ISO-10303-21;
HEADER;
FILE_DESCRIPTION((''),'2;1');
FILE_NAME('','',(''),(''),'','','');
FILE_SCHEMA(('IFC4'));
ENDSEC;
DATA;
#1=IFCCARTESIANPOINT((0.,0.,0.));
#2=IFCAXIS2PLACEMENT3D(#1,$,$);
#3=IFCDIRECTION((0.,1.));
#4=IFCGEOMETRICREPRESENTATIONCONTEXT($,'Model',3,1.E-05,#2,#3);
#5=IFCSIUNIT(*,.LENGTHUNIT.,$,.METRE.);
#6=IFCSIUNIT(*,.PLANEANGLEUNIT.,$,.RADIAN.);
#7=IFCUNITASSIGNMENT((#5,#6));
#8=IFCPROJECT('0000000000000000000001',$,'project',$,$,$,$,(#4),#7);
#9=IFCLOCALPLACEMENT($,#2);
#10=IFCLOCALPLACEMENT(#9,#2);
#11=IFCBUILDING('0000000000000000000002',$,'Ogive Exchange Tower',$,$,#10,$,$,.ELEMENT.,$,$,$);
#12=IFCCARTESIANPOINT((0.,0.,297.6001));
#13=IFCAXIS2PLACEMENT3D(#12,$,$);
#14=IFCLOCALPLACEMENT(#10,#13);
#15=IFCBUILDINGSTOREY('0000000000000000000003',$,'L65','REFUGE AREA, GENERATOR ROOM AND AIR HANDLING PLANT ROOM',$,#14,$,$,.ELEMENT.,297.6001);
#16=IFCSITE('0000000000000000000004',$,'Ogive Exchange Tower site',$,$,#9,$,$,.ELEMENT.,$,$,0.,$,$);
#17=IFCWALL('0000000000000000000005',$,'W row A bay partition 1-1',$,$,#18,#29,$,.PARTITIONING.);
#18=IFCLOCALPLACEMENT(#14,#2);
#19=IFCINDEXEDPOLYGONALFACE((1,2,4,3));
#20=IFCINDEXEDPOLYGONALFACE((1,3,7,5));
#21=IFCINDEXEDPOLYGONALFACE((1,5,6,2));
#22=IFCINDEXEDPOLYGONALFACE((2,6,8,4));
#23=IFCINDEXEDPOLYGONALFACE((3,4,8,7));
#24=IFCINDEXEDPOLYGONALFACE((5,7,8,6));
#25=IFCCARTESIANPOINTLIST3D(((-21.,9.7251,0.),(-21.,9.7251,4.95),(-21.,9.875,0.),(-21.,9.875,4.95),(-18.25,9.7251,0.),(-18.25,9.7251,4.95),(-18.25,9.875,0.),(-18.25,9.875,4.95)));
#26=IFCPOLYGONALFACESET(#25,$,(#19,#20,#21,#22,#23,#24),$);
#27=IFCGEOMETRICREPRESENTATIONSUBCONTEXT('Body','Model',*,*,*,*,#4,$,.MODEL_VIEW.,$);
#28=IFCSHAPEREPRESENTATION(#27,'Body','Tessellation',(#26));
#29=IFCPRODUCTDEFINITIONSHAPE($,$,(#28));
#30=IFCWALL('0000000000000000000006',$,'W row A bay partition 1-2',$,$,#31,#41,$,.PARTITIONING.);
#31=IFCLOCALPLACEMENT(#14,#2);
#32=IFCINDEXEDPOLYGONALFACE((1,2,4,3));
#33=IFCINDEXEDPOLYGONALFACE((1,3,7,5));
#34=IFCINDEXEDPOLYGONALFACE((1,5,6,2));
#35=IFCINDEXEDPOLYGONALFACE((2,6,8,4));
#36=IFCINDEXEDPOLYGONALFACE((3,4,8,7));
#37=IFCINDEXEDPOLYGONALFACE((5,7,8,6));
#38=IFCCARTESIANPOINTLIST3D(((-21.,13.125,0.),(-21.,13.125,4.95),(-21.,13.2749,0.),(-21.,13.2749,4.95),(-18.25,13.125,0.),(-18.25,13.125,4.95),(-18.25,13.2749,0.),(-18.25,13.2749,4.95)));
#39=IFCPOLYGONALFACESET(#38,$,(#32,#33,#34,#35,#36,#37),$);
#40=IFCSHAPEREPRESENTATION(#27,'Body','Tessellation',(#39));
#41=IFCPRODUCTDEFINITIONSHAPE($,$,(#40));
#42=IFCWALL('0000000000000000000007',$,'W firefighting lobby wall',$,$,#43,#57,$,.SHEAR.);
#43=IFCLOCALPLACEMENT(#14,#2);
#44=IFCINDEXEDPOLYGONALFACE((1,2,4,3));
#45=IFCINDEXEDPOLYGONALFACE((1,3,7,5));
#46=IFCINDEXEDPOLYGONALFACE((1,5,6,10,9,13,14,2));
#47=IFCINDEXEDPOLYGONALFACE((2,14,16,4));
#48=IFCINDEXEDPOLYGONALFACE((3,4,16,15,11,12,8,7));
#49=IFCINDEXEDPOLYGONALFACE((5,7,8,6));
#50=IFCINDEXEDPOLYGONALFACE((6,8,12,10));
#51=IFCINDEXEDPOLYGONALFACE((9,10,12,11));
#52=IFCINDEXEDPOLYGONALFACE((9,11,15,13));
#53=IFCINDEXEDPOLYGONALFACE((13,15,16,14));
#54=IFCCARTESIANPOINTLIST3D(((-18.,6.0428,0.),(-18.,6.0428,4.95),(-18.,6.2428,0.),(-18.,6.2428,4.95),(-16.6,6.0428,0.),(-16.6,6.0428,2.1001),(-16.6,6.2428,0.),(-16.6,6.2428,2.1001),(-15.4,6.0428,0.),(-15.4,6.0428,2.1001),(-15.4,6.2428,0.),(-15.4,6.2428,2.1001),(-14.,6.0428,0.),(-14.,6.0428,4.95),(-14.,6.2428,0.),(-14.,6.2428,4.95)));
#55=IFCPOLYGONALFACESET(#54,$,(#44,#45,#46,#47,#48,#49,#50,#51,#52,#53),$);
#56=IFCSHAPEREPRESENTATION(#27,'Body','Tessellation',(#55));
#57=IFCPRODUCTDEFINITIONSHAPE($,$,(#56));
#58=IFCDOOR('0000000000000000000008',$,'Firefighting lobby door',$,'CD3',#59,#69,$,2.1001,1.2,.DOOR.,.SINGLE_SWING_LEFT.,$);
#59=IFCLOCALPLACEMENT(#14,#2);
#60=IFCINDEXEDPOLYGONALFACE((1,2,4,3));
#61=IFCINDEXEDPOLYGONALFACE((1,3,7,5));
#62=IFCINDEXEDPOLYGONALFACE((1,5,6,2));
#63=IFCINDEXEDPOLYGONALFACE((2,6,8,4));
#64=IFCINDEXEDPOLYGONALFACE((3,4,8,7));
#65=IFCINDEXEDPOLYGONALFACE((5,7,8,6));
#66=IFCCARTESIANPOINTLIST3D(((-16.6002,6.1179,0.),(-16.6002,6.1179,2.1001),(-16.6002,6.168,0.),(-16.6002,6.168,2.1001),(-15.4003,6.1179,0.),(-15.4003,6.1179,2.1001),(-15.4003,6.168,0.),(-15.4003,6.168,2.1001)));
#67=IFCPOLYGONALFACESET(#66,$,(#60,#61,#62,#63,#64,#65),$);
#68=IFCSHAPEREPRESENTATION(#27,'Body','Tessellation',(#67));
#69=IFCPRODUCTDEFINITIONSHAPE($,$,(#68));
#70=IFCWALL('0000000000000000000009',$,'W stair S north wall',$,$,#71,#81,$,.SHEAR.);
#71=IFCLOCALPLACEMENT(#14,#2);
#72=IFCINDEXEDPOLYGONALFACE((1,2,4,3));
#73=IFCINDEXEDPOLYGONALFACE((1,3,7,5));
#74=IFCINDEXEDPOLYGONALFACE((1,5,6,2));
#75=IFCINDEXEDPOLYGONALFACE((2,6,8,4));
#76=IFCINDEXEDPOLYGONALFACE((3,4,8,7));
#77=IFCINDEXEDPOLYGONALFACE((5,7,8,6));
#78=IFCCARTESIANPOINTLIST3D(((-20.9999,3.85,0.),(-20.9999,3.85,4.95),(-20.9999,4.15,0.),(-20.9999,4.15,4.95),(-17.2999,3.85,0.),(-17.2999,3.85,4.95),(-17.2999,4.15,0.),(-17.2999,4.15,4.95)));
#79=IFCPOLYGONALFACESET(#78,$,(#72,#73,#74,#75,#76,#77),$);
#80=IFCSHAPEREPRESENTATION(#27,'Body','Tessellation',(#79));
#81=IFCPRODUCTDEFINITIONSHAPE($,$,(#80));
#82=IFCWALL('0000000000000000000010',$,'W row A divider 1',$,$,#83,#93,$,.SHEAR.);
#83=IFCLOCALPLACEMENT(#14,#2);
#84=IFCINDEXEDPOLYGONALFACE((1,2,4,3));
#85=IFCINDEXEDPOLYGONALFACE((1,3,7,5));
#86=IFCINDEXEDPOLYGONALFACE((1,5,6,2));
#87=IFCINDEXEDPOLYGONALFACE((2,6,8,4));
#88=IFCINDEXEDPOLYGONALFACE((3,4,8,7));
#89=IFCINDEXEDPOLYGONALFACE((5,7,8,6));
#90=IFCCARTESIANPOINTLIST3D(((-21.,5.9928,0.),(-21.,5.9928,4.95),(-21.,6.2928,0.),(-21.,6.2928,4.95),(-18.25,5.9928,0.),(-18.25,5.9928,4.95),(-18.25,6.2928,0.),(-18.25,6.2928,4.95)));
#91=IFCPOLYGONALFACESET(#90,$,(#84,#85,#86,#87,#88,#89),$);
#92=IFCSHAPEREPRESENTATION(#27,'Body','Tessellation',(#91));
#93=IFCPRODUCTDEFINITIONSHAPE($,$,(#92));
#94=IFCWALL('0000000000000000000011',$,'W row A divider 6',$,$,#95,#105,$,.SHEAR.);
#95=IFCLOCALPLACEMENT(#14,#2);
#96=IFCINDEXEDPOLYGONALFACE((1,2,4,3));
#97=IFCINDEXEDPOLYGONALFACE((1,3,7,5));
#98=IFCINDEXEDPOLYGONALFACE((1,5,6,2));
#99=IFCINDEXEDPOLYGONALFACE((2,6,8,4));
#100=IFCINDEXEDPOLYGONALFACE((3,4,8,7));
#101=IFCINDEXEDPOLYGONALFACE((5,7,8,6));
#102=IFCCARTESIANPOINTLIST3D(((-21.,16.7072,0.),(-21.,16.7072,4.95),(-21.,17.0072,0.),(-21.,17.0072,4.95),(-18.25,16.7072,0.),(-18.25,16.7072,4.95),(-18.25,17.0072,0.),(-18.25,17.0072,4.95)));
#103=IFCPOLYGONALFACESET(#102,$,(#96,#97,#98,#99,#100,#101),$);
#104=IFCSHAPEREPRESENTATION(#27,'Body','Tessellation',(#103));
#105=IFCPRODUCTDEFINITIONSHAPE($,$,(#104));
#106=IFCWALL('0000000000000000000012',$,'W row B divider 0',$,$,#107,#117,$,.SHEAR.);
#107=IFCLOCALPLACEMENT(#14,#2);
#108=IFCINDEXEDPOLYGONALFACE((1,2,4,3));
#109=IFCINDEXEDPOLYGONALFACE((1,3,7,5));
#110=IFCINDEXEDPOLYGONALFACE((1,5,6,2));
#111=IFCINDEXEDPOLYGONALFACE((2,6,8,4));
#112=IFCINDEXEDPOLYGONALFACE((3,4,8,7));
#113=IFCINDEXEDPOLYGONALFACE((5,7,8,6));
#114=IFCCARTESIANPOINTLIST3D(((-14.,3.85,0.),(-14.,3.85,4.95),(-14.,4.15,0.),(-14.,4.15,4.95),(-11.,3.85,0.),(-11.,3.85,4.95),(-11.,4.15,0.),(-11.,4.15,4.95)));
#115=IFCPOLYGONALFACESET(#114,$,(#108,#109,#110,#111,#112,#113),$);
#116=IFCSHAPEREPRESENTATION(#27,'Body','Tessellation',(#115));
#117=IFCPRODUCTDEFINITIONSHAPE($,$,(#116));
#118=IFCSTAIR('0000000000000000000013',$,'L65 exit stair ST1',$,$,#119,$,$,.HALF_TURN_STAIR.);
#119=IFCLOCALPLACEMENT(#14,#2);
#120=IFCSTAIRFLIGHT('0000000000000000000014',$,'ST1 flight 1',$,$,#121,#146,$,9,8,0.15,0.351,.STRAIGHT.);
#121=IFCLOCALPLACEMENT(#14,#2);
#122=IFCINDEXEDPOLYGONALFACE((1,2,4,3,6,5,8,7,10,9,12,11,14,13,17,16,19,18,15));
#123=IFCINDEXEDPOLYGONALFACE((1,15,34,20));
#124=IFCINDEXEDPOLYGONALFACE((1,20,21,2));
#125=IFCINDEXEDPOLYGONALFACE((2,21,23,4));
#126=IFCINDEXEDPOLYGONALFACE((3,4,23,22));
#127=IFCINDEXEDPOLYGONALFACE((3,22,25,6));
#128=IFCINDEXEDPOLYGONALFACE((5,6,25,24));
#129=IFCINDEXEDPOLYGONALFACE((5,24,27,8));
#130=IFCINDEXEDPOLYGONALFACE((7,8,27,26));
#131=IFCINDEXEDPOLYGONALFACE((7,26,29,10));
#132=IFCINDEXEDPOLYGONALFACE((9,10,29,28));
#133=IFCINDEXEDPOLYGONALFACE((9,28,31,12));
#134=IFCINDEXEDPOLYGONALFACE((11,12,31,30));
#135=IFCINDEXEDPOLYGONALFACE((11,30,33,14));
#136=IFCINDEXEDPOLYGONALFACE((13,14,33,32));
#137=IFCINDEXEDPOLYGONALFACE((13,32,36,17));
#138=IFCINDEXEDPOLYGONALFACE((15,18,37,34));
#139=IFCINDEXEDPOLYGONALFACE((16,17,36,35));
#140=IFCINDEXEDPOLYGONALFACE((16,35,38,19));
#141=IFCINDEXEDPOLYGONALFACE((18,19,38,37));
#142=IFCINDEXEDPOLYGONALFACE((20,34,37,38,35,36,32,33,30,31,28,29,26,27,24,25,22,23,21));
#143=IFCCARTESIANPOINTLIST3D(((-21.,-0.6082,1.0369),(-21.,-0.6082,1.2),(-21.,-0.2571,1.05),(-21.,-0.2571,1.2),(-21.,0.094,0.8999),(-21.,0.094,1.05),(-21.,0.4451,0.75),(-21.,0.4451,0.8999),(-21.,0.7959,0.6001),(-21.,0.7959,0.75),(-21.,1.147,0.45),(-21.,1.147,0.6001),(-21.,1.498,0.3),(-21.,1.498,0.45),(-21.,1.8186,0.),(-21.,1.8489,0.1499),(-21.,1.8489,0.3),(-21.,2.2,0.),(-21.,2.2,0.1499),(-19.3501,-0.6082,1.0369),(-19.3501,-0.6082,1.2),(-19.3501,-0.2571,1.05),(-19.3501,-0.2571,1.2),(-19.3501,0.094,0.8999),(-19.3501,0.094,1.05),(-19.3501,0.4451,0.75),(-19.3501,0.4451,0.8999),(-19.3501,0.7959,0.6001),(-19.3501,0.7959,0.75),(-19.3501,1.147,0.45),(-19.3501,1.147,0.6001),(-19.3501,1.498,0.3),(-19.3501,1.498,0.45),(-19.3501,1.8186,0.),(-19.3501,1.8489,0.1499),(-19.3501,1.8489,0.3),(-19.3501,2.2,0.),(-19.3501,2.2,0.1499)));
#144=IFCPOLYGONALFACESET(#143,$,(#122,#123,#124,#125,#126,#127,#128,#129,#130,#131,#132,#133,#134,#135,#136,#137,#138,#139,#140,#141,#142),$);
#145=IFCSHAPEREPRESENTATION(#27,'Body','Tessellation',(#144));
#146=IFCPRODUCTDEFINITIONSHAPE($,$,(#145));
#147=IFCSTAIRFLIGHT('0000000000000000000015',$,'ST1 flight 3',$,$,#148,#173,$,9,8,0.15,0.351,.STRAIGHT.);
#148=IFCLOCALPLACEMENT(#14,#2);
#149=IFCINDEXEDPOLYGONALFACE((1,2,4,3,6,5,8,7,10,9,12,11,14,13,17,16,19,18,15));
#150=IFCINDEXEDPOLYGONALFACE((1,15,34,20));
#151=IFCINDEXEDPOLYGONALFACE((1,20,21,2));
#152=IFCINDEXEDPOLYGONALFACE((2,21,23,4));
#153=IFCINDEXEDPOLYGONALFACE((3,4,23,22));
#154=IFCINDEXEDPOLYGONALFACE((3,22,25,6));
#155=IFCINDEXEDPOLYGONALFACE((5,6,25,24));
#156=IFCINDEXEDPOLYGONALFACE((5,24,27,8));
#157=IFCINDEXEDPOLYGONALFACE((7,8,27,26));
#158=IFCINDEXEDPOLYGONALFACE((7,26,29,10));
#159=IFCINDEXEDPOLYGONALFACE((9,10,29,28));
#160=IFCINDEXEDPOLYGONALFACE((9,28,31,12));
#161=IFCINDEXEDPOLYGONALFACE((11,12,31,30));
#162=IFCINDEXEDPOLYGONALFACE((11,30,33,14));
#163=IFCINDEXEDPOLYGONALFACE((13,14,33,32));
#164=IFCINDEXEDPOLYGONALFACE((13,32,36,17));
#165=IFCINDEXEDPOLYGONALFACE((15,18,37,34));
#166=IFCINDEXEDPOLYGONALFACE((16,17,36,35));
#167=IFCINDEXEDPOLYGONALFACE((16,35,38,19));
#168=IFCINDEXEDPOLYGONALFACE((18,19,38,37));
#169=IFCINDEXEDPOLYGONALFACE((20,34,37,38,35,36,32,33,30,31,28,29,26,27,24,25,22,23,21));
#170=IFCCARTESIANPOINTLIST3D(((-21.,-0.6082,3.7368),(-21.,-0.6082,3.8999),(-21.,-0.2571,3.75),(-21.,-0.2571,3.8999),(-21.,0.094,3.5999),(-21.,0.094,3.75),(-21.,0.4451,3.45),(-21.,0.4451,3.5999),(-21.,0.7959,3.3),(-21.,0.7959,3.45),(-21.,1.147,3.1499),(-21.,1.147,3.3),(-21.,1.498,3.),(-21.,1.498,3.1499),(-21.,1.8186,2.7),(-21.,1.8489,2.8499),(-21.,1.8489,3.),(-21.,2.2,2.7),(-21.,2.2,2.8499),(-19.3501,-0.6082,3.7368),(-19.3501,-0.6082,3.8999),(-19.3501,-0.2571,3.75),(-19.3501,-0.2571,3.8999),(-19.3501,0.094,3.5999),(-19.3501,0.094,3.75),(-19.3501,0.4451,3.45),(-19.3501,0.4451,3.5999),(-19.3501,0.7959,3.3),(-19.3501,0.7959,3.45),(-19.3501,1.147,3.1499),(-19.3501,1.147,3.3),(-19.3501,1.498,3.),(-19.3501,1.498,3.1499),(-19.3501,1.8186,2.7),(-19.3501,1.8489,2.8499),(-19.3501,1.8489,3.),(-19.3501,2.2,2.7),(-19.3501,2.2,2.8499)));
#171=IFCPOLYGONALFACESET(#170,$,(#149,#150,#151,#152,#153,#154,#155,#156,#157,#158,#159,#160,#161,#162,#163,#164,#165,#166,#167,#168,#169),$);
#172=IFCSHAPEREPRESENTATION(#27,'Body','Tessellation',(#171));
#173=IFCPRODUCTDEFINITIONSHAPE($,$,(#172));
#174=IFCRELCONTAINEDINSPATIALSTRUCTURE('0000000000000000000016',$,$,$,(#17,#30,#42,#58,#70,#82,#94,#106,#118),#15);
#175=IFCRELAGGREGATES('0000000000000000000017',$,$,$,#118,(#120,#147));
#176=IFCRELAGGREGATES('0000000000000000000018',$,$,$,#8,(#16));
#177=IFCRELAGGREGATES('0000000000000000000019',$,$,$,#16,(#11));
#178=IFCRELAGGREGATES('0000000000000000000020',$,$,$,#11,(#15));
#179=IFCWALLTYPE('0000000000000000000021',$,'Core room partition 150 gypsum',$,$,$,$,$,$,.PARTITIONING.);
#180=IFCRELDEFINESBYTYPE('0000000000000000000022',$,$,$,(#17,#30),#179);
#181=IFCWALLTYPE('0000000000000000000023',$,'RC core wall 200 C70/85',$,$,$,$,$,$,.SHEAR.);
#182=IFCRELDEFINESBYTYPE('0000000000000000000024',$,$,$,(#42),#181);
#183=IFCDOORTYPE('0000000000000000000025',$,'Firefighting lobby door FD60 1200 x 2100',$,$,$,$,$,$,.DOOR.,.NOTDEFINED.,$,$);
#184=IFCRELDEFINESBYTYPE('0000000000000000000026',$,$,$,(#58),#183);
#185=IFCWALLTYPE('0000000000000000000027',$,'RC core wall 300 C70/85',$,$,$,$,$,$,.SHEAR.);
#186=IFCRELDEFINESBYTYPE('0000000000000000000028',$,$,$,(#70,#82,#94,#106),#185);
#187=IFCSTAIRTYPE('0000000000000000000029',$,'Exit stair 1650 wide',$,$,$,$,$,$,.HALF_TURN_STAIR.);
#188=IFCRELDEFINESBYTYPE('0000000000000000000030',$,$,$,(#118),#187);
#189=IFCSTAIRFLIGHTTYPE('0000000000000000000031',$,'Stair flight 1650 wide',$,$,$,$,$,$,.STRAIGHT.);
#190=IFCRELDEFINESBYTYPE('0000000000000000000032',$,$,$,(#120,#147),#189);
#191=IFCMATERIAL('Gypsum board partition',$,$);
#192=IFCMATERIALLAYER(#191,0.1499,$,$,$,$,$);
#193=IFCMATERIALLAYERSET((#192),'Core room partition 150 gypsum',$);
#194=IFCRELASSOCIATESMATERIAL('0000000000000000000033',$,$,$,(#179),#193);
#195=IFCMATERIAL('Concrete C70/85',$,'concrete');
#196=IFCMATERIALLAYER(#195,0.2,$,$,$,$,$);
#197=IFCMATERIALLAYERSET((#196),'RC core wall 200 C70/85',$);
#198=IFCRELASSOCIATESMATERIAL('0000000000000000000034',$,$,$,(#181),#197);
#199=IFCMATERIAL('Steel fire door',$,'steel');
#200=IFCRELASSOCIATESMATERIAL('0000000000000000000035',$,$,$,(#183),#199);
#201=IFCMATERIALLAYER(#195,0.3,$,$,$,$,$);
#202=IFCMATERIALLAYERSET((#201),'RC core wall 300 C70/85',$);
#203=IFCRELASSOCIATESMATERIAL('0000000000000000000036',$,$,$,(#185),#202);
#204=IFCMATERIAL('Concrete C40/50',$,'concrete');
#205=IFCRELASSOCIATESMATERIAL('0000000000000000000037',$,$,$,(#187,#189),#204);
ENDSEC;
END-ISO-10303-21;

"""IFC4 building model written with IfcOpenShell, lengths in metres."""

from ifc_helpers import new_model, si_unit, direction, frame, frame_2d, origin, place, context, subcontext, project, spatial, polyline, rectangle, outline, extrude, material, layer, layer_set, type_object, element, fill, aggregate, save


model = new_model("IFC4")

# Units and contexts
model_context = context("Model", 3, precision=1e-05, world=origin(), true_north=direction((0.0, 1.0)))
body_context = subcontext(model_context, "Body", "Model", "MODEL_VIEW")
ifc_project = project(units=[si_unit("LENGTHUNIT", "METRE"), si_unit("PLANEANGLEUNIT", "RADIAN")], contexts=[model_context])

# Site, building, storey
site_placement = place(None, origin())
site = spatial("IfcSite", under=ifc_project, at=site_placement, Name="Ogive Exchange Tower site", CompositionType="ELEMENT", RefElevation=0.0)
building_placement = place(site_placement, origin())
building = spatial("IfcBuilding", under=site, at=building_placement, Name="Ogive Exchange Tower", CompositionType="ELEMENT")
storey_placement = place(building_placement, frame((0.0, 0.0, 297.6001)))
storey = spatial("IfcBuildingStorey", under=building, at=storey_placement, Name="L65", Description="REFUGE AREA, GENERATOR ROOM AND AIR HANDLING PLANT ROOM", CompositionType="ELEMENT", Elevation=297.6001)

# Walls
ifc_material_1 = material(Name="Gypsum board partition")
ifc_layer_1 = layer(ifc_material_1, 0.1499)
ifc_layer_set_1 = layer_set([ifc_layer_1], Name="Core room partition 150 gypsum")
wall_type_1 = type_object("IfcWallType", Name="Core room partition 150 gypsum", PredefinedType="PARTITIONING", material=ifc_layer_set_1)
for number, where, z_axis, x_axis, name in (
    (1, (-21.0, 9.8, 0.0), (0.0, 0.0, 1.0), (1.0, 0.0, 0.0), "W row A bay partition 1-1"),
    (2, (-21.0, 13.2, 0.0), (0.0, 0.0, 1.0), (1.0, 0.0, 0.0), "W row A bay partition 1-2"),
):
    element("IfcWall", number, at=place(storey_placement, frame(where, z_axis=z_axis, x_axis=x_axis)), inside=storey, type_object=wall_type_1, Name=name, PredefinedType="PARTITIONING", context=body_context, shape_type="SweptSolid", body=[
        extrude(rectangle(XDim=2.75, YDim=0.1499, at=frame_2d((1.375, 0.0))), origin(), (0.0, 0.0, 1.0), 4.95),
    ])

# Wall, opening, door
ifc_material_2 = material(Name="Concrete C70/85", Category="concrete")
ifc_layer_2 = layer(ifc_material_2, 0.2)
ifc_layer_set_2 = layer_set([ifc_layer_2], Name="RC core wall 200 C70/85")
wall_type_2 = type_object("IfcWallType", Name="RC core wall 200 C70/85", PredefinedType="SHEAR", material=ifc_layer_set_2)
wall_1_placement = place(storey_placement, frame((-18.0, 6.1428, 0.0), z_axis=(0.0, 0.0, 1.0), x_axis=(1.0, 0.0, 0.0)))
wall_1 = element("IfcWall", 3, at=wall_1_placement, inside=storey, type_object=wall_type_2, Name="W firefighting lobby wall", PredefinedType="SHEAR", context=body_context, shape_type="SweptSolid", body=[
    extrude(rectangle(XDim=4.0, YDim=0.2, at=frame_2d((2.0, 0.0))), origin(), (0.0, 0.0, 1.0), 4.95),
])
opening_1_placement = place(wall_1_placement, frame((1.3999, 0.0, 0.0)))
opening_1 = element("IfcOpeningElement", 4, at=opening_1_placement, cuts=wall_1, PredefinedType="OPENING", context=body_context, shape_type="SweptSolid", body=[
    extrude(rectangle(XDim=1.2, YDim=2.1001, at=frame_2d((0.6001, 1.05))), frame((0.0, 0.1099, 0.0), z_axis=(0.0, -1.0, 0.0), x_axis=(1.0, 0.0, 0.0)), (0.0, 0.0, 1.0), 0.22),
])
ifc_material_3 = material(Name="Steel fire door", Category="steel")
door_type_1 = type_object("IfcDoorType", Name="Firefighting lobby door FD60 1200 x 2100", OperationType="NOTDEFINED", PredefinedType="DOOR", material=ifc_material_3)
door_1_placement = place(opening_1_placement, frame((1.2, 0.0, 0.0), z_axis=(0.0, 0.0, 1.0), x_axis=(-1.0, 0.0, 0.0)))
door_1 = element("IfcDoor", 5, at=door_1_placement, inside=storey, type_object=door_type_1, Name="Firefighting lobby door", ObjectType="CD3", OperationType="SINGLE_SWING_LEFT", OverallHeight=2.1001, OverallWidth=1.2, PredefinedType="DOOR", context=body_context, shape_type="SweptSolid", body=[
    extrude(rectangle(XDim=1.2, YDim=2.1001, at=frame_2d((0.6001, 1.05))), frame((0.0, 0.0249, 0.0), z_axis=(0.0, -1.0, 0.0), x_axis=(1.0, 0.0, 0.0)), (0.0, 0.0, 1.0), 0.05),
])
fill(opening_1, door_1)

# Walls
ifc_layer_3 = layer(ifc_material_2, 0.3)
ifc_layer_set_3 = layer_set([ifc_layer_3], Name="RC core wall 300 C70/85")
wall_type_3 = type_object("IfcWallType", Name="RC core wall 300 C70/85", PredefinedType="SHEAR", material=ifc_layer_set_3)
wall_2_placement = place(storey_placement, frame((-21.0, 4.0, 0.0), z_axis=(0.0, 0.0, 1.0), x_axis=(1.0, 0.0, 0.0)))
element("IfcWall", 6, at=wall_2_placement, inside=storey, type_object=wall_type_3, Name="W stair S north wall", PredefinedType="SHEAR", context=body_context, shape_type="SweptSolid", body=[
    extrude(rectangle(XDim=3.7, YDim=0.3, at=frame_2d((1.8501, 0.0))), origin(), (0.0, 0.0, 1.0), 4.95),
])
for number, where, z_axis, x_axis, name in (
    (7, (-21.0, 6.1428, 0.0), (0.0, 0.0, 1.0), (1.0, 0.0, 0.0), "W row A divider 1"),
    (8, (-21.0, 16.8572, 0.0), (0.0, 0.0, 1.0), (1.0, 0.0, 0.0), "W row A divider 6"),
):
    element("IfcWall", number, at=place(storey_placement, frame(where, z_axis=z_axis, x_axis=x_axis)), inside=storey, type_object=wall_type_3, Name=name, PredefinedType="SHEAR", context=body_context, shape_type="SweptSolid", body=[
        extrude(rectangle(XDim=2.75, YDim=0.3, at=frame_2d((1.375, 0.0))), origin(), (0.0, 0.0, 1.0), 4.95),
    ])
wall_3_placement = place(storey_placement, frame((-14.0, 4.0, 0.0), z_axis=(0.0, 0.0, 1.0), x_axis=(1.0, 0.0, 0.0)))
element("IfcWall", 9, at=wall_3_placement, inside=storey, type_object=wall_type_3, Name="W row B divider 0", PredefinedType="SHEAR", context=body_context, shape_type="SweptSolid", body=[
    extrude(rectangle(XDim=3.0, YDim=0.3, at=frame_2d((1.5, 0.0))), origin(), (0.0, 0.0, 1.0), 4.95),
])

# Stair, stair flights
ifc_material_4 = material(Name="Concrete C40/50", Category="concrete")
stair_type = type_object("IfcStairType", Name="Exit stair 1650 wide", PredefinedType="HALF_TURN_STAIR", material=ifc_material_4)
stair_placement = place(storey_placement, origin())
stair = element("IfcStair", 10, at=stair_placement, inside=storey, type_object=stair_type, Name="L65 exit stair ST1", PredefinedType="HALF_TURN_STAIR")
stair_flight_type = type_object("IfcStairFlightType", Name="Stair flight 1650 wide", PredefinedType="STRAIGHT", material=ifc_material_4)
stair_flight_1_placement = place(storey_placement, frame((-20.175, 2.2, 0.0), z_axis=(0.0, 0.0, 1.0), x_axis=(0.0, -1.0, 0.0)))
stair_flight_1 = element("IfcStairFlight", 11, at=stair_flight_1_placement, type_object=stair_flight_type, Name="ST1 flight 1", NumberOfRisers=9, NumberOfTreads=8, PredefinedType="STRAIGHT", RiserHeight=0.15, TreadLength=0.351, context=body_context, shape_type="SweptSolid", body=[
    extrude(outline(polyline([(0.0, 0.0), (0.0, 0.1499), (0.3511, 0.1499), (0.3511, 0.3), (0.7019, 0.3), (0.7019, 0.45), (1.053, 0.45), (1.053, 0.6001), (1.4041, 0.6001), (1.4041, 0.75), (1.7549, 0.75), (1.7549, 0.8999), (2.106, 0.8999), (2.106, 1.05), (2.457, 1.05), (2.457, 1.2), (2.8081, 1.2), (2.8081, 1.3501), (2.8081, 1.0369), (0.3813, 0.0), (0.0, 0.0)])), frame((0.0, 0.825, 0.0), z_axis=(0.0, -1.0, 0.0), x_axis=(1.0, 0.0, 0.0)), (0.0, 0.0, 1.0), 1.6499),
])
stair_flight_2_placement = place(storey_placement, frame((-20.175, 2.2, 2.7), z_axis=(0.0, 0.0, 1.0), x_axis=(0.0, -1.0, 0.0)))
stair_flight_2 = element("IfcStairFlight", 12, at=stair_flight_2_placement, type_object=stair_flight_type, Name="ST1 flight 3", NumberOfRisers=9, NumberOfTreads=8, PredefinedType="STRAIGHT", RiserHeight=0.15, TreadLength=0.351, context=body_context, shape_type="SweptSolid", body=[
    extrude(outline(polyline([(0.0, 0.0), (0.0, 0.1499), (0.3511, 0.1499), (0.3511, 0.3), (0.7019, 0.3), (0.7019, 0.45), (1.053, 0.45), (1.053, 0.6001), (1.4041, 0.6001), (1.4041, 0.75), (1.7549, 0.75), (1.7549, 0.8999), (2.106, 0.8999), (2.106, 1.05), (2.457, 1.05), (2.457, 1.2), (2.8081, 1.2), (2.8081, 1.3501), (2.8081, 1.0369), (0.3813, 0.0), (0.0, 0.0)])), frame((0.0, 0.825, 0.0), z_axis=(0.0, -1.0, 0.0), x_axis=(1.0, 0.0, 0.0)), (0.0, 0.0, 1.0), 1.6499),
])
aggregate(stair, [stair_flight_1, stair_flight_2])

save(model, "model.ifc")
